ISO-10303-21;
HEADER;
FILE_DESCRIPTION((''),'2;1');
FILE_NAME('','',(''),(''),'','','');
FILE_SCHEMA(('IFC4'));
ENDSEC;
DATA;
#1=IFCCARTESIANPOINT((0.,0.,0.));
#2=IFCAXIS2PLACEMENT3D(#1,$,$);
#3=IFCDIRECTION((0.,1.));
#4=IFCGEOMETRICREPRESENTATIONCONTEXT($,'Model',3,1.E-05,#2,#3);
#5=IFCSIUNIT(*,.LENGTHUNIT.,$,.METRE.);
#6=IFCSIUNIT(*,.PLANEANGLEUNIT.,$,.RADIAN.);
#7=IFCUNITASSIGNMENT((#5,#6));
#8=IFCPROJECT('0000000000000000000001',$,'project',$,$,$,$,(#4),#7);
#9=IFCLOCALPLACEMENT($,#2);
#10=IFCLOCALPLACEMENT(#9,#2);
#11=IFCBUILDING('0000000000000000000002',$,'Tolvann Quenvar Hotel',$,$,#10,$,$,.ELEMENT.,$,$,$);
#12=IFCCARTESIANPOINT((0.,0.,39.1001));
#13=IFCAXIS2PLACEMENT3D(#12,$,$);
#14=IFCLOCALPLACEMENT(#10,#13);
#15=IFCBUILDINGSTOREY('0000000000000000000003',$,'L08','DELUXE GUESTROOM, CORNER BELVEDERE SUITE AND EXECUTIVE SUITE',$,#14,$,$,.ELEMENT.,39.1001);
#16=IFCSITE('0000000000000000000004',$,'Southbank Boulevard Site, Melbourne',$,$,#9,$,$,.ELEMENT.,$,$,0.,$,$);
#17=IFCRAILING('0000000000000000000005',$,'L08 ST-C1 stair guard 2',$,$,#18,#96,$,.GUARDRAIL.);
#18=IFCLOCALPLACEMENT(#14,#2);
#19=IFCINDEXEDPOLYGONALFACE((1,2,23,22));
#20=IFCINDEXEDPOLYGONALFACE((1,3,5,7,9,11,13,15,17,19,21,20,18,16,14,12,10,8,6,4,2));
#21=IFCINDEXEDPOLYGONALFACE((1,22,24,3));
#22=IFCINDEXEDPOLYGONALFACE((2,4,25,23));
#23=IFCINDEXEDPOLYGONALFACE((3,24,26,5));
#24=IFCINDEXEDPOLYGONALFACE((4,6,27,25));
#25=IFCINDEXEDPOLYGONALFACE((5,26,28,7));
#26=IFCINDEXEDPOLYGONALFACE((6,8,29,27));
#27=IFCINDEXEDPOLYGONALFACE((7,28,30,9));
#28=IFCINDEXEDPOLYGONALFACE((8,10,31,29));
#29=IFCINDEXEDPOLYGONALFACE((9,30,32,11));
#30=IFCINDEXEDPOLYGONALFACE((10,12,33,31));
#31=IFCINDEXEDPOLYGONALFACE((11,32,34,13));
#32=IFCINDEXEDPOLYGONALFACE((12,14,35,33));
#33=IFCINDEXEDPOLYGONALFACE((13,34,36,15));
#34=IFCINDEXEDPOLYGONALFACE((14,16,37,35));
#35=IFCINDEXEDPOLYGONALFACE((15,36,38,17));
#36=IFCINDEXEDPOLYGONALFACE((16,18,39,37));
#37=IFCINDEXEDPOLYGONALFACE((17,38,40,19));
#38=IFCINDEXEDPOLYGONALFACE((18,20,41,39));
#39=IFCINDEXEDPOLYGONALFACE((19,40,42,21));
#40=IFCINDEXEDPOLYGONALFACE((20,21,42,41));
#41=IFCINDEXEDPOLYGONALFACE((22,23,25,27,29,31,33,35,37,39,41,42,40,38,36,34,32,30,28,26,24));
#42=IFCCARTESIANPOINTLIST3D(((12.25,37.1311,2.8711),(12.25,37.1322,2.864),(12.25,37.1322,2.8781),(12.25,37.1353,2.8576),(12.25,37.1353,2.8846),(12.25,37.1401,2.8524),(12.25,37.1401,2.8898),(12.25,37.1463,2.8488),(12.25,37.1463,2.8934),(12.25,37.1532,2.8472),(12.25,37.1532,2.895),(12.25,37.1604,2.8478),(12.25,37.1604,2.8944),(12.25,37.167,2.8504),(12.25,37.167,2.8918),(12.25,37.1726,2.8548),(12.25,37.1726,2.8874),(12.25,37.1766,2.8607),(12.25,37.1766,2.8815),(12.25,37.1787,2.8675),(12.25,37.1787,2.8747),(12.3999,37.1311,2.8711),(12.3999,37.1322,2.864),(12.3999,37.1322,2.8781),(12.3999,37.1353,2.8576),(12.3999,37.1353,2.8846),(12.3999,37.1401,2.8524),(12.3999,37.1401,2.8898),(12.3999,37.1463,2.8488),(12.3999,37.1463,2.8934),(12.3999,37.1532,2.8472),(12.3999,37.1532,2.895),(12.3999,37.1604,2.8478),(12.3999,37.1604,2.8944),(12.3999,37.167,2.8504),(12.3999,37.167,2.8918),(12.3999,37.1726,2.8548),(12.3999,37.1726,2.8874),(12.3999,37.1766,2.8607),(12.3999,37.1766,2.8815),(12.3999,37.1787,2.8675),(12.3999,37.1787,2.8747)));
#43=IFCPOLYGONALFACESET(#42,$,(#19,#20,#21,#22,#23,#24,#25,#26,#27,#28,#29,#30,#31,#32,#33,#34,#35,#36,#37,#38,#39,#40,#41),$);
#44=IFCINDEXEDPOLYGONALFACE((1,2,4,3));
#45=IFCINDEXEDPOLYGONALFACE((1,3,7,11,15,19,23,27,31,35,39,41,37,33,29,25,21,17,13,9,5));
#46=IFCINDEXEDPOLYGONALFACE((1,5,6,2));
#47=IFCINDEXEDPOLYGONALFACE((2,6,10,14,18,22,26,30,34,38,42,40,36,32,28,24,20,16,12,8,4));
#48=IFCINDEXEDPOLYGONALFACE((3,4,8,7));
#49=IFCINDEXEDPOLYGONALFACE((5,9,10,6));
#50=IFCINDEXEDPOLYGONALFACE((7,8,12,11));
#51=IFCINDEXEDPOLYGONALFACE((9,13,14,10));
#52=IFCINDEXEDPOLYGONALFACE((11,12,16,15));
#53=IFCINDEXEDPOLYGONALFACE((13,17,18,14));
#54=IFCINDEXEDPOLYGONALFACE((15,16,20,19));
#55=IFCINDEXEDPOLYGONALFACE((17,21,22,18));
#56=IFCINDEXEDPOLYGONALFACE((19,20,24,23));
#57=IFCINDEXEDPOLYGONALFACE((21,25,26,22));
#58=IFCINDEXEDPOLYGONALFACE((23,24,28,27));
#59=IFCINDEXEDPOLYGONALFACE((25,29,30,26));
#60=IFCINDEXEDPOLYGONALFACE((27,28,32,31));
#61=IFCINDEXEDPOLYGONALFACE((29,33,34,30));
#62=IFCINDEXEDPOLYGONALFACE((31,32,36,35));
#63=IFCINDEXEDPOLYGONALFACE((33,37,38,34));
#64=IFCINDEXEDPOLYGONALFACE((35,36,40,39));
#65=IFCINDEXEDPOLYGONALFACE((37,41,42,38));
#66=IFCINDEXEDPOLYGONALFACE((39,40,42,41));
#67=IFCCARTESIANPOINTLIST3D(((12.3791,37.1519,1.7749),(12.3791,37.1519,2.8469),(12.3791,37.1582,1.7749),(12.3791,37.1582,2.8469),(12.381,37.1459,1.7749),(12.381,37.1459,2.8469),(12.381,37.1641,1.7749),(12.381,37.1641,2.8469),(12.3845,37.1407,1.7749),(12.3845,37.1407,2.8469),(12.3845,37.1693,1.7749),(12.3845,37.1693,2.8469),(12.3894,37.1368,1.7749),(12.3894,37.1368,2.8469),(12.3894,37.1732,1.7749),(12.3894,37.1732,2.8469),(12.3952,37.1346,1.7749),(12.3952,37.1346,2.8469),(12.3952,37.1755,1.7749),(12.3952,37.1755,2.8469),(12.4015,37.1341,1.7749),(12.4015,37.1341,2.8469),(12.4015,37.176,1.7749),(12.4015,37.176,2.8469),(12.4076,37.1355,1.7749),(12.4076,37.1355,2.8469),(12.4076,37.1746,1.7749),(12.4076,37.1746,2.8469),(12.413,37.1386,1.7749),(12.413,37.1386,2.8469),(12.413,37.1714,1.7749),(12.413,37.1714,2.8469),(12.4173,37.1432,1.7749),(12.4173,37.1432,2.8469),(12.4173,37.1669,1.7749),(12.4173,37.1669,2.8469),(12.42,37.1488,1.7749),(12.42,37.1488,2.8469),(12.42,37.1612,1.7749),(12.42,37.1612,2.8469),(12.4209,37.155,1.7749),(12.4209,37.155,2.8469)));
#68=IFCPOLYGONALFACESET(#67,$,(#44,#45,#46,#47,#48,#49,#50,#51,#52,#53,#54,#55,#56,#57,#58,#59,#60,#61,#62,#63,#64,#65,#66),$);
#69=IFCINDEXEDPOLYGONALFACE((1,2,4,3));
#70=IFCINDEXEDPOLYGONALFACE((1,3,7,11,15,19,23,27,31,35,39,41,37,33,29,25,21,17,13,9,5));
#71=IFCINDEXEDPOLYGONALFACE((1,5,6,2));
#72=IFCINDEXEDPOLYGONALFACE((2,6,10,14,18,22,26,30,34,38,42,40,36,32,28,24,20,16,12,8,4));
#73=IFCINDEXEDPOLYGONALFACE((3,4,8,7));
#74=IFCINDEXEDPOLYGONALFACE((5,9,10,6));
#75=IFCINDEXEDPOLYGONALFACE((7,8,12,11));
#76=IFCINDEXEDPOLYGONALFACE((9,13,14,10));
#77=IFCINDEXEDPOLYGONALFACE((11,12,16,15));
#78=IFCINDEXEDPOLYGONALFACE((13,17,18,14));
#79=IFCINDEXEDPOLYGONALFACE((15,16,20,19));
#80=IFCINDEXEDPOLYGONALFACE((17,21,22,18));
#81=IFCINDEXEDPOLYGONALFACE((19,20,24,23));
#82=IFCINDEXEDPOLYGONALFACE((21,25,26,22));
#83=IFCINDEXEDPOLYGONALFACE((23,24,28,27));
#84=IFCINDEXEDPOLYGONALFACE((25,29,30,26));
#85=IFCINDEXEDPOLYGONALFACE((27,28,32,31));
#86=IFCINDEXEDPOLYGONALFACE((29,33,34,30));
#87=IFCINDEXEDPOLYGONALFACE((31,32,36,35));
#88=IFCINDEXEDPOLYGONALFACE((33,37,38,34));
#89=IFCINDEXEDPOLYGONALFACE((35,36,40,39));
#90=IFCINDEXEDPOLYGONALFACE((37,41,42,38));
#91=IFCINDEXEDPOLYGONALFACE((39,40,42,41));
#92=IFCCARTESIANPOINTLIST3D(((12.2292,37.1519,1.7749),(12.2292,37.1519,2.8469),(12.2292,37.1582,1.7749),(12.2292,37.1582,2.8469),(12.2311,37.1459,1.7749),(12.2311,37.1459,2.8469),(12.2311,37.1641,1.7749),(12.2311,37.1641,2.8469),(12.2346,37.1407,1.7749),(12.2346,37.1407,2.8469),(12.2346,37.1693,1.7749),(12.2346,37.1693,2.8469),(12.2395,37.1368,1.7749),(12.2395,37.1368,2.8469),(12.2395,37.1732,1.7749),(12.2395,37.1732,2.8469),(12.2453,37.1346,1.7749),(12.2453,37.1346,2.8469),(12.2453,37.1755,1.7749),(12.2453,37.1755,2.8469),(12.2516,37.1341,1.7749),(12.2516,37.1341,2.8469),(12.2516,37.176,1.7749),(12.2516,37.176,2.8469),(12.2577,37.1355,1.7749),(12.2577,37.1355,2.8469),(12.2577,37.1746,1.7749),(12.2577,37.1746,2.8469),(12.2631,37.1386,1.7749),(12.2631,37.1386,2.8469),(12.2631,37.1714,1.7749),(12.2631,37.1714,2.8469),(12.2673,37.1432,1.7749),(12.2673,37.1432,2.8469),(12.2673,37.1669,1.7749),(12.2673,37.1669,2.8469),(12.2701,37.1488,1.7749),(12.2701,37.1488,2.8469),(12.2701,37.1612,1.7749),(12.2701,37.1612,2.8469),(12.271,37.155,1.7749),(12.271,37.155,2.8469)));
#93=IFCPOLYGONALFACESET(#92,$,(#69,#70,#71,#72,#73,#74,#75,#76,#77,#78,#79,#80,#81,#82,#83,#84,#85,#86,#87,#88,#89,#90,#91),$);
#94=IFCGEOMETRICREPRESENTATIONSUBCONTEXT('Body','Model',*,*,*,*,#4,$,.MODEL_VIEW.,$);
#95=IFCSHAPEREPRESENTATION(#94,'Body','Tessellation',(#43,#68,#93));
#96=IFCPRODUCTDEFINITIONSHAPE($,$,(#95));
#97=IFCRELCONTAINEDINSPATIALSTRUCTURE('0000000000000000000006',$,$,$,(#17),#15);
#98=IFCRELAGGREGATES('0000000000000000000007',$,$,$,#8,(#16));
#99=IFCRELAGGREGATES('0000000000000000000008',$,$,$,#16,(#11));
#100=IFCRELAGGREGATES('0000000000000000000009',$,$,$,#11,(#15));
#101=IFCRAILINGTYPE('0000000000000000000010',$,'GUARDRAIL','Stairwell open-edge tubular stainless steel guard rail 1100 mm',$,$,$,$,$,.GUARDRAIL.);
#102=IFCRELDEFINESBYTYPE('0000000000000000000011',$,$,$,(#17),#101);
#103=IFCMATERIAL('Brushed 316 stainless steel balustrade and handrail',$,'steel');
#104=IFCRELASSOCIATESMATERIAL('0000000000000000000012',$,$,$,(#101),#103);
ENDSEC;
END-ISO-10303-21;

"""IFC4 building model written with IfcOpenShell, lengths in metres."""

from ifc_helpers import new_model, si_unit, direction, frame, origin, origin_2d, place, context, subcontext, project, spatial, circle, extrude, material, type_object, element, save


model = new_model("IFC4")

# Units and contexts
model_context = context("Model", 3, precision=1e-05, world=origin(), true_north=direction((0.0, 1.0)))
body_context = subcontext(model_context, "Body", "Model", "MODEL_VIEW")
ifc_project = project(units=[si_unit("LENGTHUNIT", "METRE"), si_unit("PLANEANGLEUNIT", "RADIAN")], contexts=[model_context])

# Site, building, storey
site_placement = place(None, origin())
site = spatial("IfcSite", under=ifc_project, at=site_placement, Name="Southbank Boulevard Site, Melbourne", CompositionType="ELEMENT", RefElevation=0.0)
building_placement = place(site_placement, origin())
building = spatial("IfcBuilding", under=site, at=building_placement, Name="Tolvann Quenvar Hotel", CompositionType="ELEMENT")
storey_placement = place(building_placement, frame((0.0, 0.0, 39.1001)))
storey = spatial("IfcBuildingStorey", under=building, at=storey_placement, Name="L08", Description="DELUXE GUESTROOM, CORNER BELVEDERE SUITE AND EXECUTIVE SUITE", CompositionType="ELEMENT", Elevation=39.1001)

# Railing
ifc_material_1 = material(Name="Brushed 316 stainless steel balustrade and handrail", Category="steel")
railing_type_1 = type_object("IfcRailingType", Name="GUARDRAIL", Description="Stairwell open-edge tubular stainless steel guard rail 1100 mm", PredefinedType="GUARDRAIL", material=ifc_material_1)
railing_1_placement = place(storey_placement, frame((12.3999, 37.155, 1.7749)))
element("IfcRailing", 1, at=railing_1_placement, inside=storey, type_object=railing_type_1, Name="L08 ST-C1 stair guard 2", PredefinedType="GUARDRAIL", context=body_context, shape_type="SweptSolid", body=[
    extrude(circle(Radius=0.0239, at=origin_2d()), frame((0.0, 0.0, 1.0962), z_axis=(-1.0, 0.0, 0.0), x_axis=(0.0, -1.0, 0.0)), (0.0, 0.0, 1.0), 0.1499),
    extrude(circle(Radius=0.021, at=origin_2d()), origin(), (0.0, 0.0, 1.0), 1.072),
    extrude(circle(Radius=0.021, at=origin_2d()), frame((-0.1499, 0.0, 0.0)), (0.0, 0.0, 1.0), 1.072),
])

save(model, "model.ifc")
